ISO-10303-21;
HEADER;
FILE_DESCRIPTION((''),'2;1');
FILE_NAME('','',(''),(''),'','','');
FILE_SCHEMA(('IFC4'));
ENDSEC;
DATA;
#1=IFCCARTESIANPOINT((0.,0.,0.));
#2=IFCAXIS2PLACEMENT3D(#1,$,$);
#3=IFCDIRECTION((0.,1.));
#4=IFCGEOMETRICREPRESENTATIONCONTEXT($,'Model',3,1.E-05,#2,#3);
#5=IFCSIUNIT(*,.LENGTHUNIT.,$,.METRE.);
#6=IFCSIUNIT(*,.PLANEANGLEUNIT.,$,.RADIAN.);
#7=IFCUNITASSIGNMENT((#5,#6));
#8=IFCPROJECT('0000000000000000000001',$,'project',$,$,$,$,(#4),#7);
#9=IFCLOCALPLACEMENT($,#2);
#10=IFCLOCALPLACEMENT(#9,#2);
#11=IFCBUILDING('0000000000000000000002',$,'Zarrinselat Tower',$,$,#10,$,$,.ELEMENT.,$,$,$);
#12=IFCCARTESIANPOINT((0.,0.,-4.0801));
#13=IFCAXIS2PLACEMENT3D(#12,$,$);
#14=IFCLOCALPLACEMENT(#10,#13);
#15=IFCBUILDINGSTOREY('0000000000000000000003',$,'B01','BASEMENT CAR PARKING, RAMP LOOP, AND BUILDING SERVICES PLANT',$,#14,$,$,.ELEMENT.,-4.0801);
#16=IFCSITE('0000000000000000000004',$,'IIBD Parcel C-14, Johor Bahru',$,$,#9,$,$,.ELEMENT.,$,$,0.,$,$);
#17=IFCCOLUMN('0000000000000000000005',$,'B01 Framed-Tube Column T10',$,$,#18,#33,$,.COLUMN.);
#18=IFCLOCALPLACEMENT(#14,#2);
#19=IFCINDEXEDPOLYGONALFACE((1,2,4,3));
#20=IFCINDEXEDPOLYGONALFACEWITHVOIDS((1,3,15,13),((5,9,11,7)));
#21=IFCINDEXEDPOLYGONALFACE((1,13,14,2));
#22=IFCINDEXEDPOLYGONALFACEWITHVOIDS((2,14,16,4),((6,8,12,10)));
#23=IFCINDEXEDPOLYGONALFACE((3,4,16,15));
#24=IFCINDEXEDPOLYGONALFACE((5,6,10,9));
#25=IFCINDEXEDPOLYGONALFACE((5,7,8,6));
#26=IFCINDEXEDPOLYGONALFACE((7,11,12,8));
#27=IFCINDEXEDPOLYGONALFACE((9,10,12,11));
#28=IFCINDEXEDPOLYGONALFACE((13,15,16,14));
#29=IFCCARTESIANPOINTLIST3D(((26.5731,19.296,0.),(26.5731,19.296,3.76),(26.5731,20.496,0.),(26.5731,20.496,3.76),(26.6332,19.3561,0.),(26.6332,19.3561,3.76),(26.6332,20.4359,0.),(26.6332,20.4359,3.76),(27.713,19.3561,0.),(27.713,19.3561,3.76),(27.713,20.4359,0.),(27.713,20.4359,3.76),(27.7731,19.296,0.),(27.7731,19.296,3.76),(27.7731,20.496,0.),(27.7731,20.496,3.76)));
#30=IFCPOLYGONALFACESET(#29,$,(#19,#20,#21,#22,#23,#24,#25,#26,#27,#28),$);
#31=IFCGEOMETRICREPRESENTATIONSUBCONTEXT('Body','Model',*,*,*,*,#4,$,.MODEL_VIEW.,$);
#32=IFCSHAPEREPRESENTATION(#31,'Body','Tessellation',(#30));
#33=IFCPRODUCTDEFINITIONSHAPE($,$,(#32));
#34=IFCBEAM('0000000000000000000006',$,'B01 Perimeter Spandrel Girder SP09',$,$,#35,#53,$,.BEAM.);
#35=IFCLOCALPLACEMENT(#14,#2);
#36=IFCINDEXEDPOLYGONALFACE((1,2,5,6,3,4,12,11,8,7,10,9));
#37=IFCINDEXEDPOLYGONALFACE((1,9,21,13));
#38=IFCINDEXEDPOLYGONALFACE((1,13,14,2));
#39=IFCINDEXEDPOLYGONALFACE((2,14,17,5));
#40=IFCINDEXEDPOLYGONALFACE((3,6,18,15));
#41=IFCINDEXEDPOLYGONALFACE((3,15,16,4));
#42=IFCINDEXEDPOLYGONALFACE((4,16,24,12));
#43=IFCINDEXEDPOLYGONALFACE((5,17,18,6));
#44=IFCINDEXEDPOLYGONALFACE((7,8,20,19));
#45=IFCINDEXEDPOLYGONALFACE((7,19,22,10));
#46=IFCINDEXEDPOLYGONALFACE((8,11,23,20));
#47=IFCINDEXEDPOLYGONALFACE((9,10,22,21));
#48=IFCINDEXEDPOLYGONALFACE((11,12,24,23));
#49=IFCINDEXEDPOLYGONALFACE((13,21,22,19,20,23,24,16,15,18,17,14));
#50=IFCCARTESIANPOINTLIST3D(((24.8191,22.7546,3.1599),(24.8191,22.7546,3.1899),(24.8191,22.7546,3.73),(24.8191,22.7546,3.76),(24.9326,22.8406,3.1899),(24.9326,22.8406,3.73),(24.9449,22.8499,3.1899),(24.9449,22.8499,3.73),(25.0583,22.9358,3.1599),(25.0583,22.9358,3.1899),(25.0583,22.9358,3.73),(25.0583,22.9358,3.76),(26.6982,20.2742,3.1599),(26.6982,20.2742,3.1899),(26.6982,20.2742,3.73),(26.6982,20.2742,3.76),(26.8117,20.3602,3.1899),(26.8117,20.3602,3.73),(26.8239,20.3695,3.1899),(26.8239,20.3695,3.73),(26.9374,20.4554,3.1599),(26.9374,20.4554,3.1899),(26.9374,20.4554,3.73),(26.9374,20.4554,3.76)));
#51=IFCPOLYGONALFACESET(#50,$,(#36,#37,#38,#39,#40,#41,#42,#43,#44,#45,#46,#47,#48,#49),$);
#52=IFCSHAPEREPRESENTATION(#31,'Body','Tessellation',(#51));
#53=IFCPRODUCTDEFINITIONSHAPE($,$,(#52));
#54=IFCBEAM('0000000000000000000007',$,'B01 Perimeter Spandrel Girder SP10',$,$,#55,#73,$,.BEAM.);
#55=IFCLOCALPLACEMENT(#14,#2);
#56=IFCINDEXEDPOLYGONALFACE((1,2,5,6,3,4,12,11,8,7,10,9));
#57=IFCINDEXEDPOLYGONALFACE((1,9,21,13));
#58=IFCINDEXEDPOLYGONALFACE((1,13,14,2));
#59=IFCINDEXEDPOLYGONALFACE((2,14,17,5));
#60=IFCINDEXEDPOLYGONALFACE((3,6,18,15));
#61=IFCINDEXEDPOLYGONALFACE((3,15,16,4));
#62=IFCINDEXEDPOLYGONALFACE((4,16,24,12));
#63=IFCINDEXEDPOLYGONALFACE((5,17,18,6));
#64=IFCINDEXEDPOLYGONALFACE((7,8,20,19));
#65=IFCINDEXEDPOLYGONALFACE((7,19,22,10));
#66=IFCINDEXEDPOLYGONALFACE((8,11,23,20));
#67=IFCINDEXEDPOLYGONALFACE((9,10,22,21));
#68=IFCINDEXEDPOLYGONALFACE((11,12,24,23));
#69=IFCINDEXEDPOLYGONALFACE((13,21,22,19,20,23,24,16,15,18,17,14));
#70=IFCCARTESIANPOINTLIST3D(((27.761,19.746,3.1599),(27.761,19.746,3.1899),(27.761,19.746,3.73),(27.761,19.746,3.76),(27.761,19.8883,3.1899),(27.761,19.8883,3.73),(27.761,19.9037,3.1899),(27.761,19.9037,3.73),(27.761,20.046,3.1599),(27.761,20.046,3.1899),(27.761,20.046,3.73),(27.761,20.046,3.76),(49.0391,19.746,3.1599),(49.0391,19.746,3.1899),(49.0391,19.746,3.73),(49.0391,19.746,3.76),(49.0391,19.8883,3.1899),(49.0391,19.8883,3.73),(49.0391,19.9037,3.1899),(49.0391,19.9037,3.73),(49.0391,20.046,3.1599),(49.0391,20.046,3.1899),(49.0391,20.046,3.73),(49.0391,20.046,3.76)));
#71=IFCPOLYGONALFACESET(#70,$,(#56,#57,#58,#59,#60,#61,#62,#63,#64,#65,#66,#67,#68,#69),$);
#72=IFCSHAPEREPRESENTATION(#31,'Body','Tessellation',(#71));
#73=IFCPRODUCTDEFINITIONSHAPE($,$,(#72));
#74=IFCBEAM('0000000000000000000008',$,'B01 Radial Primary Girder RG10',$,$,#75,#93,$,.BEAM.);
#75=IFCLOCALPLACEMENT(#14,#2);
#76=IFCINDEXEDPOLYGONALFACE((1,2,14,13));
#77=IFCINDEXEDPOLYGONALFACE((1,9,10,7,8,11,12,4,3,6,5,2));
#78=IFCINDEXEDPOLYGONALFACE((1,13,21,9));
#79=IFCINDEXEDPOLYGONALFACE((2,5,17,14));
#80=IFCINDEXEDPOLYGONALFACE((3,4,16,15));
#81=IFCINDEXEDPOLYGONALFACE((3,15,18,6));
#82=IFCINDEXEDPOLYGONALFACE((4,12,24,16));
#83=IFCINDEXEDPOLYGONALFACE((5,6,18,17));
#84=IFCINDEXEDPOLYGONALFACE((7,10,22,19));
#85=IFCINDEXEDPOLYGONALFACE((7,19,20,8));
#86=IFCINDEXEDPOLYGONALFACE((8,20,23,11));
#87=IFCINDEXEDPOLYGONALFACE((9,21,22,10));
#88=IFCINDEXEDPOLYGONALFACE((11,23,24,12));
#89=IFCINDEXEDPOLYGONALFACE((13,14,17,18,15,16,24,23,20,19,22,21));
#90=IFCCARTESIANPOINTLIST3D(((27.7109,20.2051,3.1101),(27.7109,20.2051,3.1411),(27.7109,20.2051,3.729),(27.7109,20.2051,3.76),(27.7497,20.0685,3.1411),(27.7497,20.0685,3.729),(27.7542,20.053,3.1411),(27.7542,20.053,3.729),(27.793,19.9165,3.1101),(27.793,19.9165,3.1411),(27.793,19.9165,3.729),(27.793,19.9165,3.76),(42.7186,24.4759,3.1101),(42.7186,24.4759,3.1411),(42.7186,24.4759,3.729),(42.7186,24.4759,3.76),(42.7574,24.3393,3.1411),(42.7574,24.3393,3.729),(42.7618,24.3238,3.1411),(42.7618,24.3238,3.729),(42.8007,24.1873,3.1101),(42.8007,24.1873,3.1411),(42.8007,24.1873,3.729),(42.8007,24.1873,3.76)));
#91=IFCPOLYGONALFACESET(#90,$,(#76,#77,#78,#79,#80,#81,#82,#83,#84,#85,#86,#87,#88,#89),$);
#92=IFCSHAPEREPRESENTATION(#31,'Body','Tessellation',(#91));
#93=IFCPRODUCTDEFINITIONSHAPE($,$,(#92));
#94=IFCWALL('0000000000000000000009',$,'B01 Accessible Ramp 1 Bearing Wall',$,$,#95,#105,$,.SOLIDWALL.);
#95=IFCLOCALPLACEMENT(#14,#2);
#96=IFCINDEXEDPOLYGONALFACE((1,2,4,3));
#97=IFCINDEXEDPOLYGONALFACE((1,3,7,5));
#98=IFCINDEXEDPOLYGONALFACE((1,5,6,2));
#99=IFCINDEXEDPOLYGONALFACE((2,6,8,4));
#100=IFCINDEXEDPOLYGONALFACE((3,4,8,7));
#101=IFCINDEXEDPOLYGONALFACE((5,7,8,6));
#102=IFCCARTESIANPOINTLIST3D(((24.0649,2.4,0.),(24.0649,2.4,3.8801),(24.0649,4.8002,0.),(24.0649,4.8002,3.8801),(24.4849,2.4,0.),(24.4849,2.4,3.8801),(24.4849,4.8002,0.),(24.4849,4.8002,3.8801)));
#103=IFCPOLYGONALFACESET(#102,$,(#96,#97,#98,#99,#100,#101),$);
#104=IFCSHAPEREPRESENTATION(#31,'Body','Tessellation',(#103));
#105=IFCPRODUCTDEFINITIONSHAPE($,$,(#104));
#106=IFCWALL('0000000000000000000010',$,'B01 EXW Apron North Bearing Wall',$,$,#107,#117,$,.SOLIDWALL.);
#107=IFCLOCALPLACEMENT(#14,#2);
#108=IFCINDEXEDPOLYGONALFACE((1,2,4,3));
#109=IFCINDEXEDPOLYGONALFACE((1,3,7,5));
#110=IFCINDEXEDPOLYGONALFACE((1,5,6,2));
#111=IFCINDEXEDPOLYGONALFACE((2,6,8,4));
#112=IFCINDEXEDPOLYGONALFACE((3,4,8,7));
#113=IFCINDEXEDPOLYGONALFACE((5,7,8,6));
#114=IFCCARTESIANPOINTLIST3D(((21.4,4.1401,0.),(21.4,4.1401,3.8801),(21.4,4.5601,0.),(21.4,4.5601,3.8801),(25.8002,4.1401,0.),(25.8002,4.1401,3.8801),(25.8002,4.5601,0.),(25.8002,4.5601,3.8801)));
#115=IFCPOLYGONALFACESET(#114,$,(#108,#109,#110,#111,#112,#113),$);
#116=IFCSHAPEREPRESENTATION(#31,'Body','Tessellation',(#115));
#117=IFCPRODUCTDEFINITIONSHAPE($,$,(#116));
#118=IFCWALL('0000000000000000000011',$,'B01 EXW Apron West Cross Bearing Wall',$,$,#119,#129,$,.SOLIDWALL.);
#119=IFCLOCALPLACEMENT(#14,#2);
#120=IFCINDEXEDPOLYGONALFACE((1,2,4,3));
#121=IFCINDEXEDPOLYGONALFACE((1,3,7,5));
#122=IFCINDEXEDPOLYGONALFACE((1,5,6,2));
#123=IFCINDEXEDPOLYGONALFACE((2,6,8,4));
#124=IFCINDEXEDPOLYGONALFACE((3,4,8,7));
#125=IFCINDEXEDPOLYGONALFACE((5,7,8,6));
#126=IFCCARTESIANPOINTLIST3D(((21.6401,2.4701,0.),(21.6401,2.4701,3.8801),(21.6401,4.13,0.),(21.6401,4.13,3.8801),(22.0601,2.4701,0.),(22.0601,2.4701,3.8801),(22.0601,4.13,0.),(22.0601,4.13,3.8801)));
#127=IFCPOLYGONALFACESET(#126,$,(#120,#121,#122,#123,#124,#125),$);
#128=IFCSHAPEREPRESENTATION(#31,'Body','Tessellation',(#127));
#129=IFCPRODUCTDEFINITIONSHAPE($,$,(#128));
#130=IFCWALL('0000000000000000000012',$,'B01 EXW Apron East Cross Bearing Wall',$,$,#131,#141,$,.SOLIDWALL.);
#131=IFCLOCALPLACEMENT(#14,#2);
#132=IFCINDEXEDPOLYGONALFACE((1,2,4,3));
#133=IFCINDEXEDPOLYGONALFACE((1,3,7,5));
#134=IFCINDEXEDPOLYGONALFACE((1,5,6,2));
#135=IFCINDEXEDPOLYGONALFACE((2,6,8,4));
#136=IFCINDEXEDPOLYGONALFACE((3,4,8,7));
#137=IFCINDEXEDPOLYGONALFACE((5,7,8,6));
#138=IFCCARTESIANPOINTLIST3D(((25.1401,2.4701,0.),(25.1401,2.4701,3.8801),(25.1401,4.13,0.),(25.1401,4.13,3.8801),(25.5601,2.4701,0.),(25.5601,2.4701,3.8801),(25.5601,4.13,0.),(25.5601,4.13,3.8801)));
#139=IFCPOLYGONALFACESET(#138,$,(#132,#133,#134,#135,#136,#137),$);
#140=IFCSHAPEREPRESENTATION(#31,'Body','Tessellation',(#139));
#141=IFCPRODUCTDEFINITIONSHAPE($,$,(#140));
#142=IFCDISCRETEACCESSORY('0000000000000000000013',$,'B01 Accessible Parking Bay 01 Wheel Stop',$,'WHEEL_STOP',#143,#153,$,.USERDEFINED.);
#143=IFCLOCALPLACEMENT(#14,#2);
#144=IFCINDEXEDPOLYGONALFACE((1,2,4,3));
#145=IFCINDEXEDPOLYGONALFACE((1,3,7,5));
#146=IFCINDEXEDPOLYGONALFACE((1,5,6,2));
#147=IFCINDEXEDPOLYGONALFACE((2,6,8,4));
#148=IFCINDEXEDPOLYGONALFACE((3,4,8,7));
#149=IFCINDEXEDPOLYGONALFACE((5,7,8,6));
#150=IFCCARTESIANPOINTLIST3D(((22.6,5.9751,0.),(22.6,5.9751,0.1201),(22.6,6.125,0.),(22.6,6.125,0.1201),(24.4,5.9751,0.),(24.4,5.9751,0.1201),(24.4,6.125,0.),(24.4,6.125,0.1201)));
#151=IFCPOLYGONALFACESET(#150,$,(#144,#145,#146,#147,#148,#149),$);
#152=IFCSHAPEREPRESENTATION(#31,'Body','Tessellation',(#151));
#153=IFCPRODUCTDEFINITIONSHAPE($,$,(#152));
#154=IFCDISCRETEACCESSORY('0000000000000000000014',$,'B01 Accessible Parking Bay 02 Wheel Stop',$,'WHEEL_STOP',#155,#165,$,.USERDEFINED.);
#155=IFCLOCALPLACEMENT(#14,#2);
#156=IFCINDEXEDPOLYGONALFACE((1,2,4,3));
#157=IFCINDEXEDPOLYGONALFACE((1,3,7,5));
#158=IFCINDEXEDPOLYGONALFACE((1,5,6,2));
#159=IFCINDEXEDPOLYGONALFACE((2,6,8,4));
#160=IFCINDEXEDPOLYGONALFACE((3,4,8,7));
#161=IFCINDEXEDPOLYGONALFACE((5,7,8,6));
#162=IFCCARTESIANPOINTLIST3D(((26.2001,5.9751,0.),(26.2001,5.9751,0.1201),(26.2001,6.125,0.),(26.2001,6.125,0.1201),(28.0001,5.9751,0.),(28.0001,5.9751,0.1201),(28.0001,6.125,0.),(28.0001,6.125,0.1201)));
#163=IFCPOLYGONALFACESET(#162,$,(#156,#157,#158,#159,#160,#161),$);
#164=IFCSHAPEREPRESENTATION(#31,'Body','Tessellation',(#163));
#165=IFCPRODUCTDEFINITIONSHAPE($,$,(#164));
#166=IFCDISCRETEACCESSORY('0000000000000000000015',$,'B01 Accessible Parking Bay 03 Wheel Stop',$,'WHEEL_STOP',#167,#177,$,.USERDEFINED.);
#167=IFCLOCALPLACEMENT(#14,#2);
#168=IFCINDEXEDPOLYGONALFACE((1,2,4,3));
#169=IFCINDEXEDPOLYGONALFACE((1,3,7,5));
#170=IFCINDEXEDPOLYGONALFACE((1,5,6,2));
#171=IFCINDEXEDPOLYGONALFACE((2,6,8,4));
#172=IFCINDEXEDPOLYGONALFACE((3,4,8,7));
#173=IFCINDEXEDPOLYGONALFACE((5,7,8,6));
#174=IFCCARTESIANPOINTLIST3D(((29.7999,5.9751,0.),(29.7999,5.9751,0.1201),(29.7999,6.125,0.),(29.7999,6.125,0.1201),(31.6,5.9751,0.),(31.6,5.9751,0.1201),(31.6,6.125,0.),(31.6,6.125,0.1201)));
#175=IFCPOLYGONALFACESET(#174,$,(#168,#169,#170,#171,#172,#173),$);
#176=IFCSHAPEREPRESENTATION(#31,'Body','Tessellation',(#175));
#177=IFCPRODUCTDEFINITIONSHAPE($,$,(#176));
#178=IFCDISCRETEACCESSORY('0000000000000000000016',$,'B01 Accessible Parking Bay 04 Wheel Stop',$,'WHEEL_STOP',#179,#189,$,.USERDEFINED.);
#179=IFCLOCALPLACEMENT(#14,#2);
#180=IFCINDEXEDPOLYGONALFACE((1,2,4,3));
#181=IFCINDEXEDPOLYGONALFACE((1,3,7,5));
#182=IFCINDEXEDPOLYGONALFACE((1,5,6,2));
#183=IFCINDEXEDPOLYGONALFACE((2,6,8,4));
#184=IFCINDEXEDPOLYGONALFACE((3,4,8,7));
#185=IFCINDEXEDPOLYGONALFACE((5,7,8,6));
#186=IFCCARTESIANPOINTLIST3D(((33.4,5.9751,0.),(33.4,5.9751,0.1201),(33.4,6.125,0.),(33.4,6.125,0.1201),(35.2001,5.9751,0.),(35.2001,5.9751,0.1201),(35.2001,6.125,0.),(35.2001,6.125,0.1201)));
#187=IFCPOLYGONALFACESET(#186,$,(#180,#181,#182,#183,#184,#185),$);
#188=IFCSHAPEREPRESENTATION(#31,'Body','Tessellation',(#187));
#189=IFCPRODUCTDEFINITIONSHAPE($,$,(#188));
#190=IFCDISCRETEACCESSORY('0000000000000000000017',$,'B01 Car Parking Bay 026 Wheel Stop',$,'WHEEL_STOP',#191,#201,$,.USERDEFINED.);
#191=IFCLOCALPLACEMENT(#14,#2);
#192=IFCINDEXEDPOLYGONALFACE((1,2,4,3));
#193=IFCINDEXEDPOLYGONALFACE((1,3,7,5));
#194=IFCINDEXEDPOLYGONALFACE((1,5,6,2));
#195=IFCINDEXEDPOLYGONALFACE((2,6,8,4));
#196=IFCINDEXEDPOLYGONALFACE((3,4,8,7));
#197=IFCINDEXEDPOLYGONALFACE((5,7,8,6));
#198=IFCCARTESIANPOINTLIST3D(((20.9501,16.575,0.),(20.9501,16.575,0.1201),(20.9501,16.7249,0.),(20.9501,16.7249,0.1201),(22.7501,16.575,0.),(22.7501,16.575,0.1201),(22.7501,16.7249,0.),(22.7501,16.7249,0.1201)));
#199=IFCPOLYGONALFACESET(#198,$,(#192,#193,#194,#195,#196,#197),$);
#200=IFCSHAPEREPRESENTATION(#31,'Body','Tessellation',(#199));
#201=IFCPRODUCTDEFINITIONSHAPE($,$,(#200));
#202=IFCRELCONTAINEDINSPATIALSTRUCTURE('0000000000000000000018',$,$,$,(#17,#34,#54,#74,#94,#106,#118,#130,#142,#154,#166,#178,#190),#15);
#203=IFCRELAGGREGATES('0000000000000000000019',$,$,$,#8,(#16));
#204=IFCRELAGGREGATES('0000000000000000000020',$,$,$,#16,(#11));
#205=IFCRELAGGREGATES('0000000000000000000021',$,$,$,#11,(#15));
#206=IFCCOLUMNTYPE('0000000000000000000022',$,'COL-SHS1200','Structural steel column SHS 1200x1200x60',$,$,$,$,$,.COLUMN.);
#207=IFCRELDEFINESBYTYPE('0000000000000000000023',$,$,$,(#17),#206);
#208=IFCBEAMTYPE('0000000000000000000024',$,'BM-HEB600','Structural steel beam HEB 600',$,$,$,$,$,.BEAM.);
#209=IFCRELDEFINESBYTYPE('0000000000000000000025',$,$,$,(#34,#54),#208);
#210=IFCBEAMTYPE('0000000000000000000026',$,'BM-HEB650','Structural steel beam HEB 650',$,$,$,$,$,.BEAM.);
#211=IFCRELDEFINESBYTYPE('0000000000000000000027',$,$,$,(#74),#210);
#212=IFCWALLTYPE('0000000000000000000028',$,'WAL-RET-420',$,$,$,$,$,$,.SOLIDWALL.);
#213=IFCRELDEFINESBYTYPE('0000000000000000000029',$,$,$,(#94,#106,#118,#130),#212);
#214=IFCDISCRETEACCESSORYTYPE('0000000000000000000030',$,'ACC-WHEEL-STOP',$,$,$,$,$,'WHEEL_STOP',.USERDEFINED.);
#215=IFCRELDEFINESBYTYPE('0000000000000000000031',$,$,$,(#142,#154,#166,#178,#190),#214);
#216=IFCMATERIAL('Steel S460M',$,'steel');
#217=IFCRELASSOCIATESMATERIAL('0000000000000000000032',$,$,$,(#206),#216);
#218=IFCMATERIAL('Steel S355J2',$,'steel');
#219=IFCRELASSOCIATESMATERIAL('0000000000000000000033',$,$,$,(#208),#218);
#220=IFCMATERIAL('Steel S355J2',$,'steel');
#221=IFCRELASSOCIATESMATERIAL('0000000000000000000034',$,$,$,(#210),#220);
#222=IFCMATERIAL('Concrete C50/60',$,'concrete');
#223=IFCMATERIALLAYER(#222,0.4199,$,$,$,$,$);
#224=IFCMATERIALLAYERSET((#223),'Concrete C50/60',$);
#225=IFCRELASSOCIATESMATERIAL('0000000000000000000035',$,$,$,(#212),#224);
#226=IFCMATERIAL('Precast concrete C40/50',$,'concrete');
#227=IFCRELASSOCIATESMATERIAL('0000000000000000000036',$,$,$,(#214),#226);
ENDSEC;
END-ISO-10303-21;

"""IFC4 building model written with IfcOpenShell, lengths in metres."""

from ifc_helpers import new_model, si_unit, direction, frame, frame_2d, origin, origin_2d, place, context, subcontext, project, spatial, rectangle, hollow_rectangle, i_section, extrude, material, layer, layer_set, material_profile, profile_set, type_object, element, save


model = new_model("IFC4")

# Units and contexts
model_context = context("Model", 3, precision=1e-05, world=origin(), true_north=direction((0.0, 1.0)))
body_context = subcontext(model_context, "Body", "Model", "MODEL_VIEW")
ifc_project = project(units=[si_unit("LENGTHUNIT", "METRE"), si_unit("PLANEANGLEUNIT", "RADIAN")], contexts=[model_context])

# Site, building, storey
site_placement = place(None, origin())
site = spatial("IfcSite", under=ifc_project, at=site_placement, Name="IIBD Parcel C-14, Johor Bahru", CompositionType="ELEMENT", RefElevation=0.0)
building_placement = place(site_placement, origin())
building = spatial("IfcBuilding", under=site, at=building_placement, Name="Zarrinselat Tower", CompositionType="ELEMENT")
storey_placement = place(building_placement, frame((0.0, 0.0, -4.0801)))
storey = spatial("IfcBuildingStorey", under=building, at=storey_placement, Name="B01", Description="BASEMENT CAR PARKING, RAMP LOOP, AND BUILDING SERVICES PLANT", CompositionType="ELEMENT", Elevation=-4.0801)

# Column
ifc_material_1 = material(Name="Steel S460M", Category="steel")
ifc_material_profile_1 = material_profile(ifc_material_1, hollow_rectangle(XDim=1.2, YDim=1.2, WallThickness=0.0601, at=origin_2d()), Name="SHS 1200x1200x60")
ifc_profile_set_1 = profile_set([ifc_material_profile_1], Name="Steel S460M")
column_type_1 = type_object("IfcColumnType", Name="COL-SHS1200", Description="Structural steel column SHS 1200x1200x60", PredefinedType="COLUMN", material=ifc_profile_set_1)
column_1_placement = place(storey_placement, frame((27.1731, 19.896, 0.0), z_axis=(0.0, 0.0, 1.0), x_axis=(1.0, 0.0, 0.0)))
element("IfcColumn", 1, at=column_1_placement, inside=storey, type_object=column_type_1, Name="B01 Framed-Tube Column T10", PredefinedType="COLUMN", context=body_context, shape_type="SweptSolid", body=[
    extrude(hollow_rectangle(XDim=1.2, YDim=1.2, WallThickness=0.0601, at=origin_2d()), origin(), (0.0, 0.0, 1.0), 3.76),
])

# Beams
ifc_material_2 = material(Name="Steel S355J2", Category="steel")
ifc_material_profile_2 = material_profile(ifc_material_2, i_section(OverallWidth=0.3, OverallDepth=0.6001, WebThickness=0.0154, FlangeThickness=0.03, at=origin_2d()), Name="HEB 600")
ifc_profile_set_2 = profile_set([ifc_material_profile_2], Name="Steel S355J2")
beam_type_1 = type_object("IfcBeamType", Name="BM-HEB600", Description="Structural steel beam HEB 600", PredefinedType="BEAM", material=ifc_profile_set_2)
beam_1_placement = place(storey_placement, frame((24.9387, 22.8452, 3.46), z_axis=(0.603859, -0.797091, 0.0), x_axis=(0.797091, 0.603859, 0.0)))
element("IfcBeam", 2, at=beam_1_placement, inside=storey, type_object=beam_type_1, Name="B01 Perimeter Spandrel Girder SP09", PredefinedType="BEAM", context=body_context, shape_type="SweptSolid", body=[
    extrude(i_section(OverallWidth=0.3, OverallDepth=0.6001, WebThickness=0.0154, FlangeThickness=0.03, at=origin_2d()), origin(), (0.0, 0.0, 1.0), 3.1118),
])
beam_2_placement = place(storey_placement, frame((27.761, 19.896, 3.46), z_axis=(1.0, 0.0, 0.0), x_axis=(0.0, 1.0, 0.0)))
element("IfcBeam", 3, at=beam_2_placement, inside=storey, type_object=beam_type_1, Name="B01 Perimeter Spandrel Girder SP10", PredefinedType="BEAM", context=body_context, shape_type="SweptSolid", body=[
    extrude(i_section(OverallWidth=0.3, OverallDepth=0.6001, WebThickness=0.0154, FlangeThickness=0.03, at=origin_2d()), origin(), (0.0, 0.0, 1.0), 21.2781),
])
ifc_material_3 = material(Name="Steel S355J2", Category="steel")
ifc_material_profile_3 = material_profile(ifc_material_3, i_section(OverallWidth=0.3, OverallDepth=0.6499, WebThickness=0.0161, FlangeThickness=0.031, at=origin_2d()), Name="HEB 650")
ifc_profile_set_3 = profile_set([ifc_material_profile_3], Name="Steel S355J2")
beam_type_2 = type_object("IfcBeamType", Name="BM-HEB650", Description="Structural steel beam HEB 650", PredefinedType="BEAM", material=ifc_profile_set_3)
beam_3_placement = place(storey_placement, frame((27.752, 20.0608, 3.4351), z_axis=(0.961813, 0.273706, 0.0), x_axis=(-0.273706, 0.961813, 0.0)))
element("IfcBeam", 4, at=beam_3_placement, inside=storey, type_object=beam_type_2, Name="B01 Radial Primary Girder RG10", PredefinedType="BEAM", context=body_context, shape_type="SweptSolid", body=[
    extrude(i_section(OverallWidth=0.3, OverallDepth=0.6499, WebThickness=0.0161, FlangeThickness=0.031, at=origin_2d()), origin(), (0.0, 0.0, 1.0), 15.6035),
])

# Walls
ifc_material_4 = material(Name="Concrete C50/60", Category="concrete")
ifc_layer = layer(ifc_material_4, 0.4199)
ifc_layer_set = layer_set([ifc_layer], Name="Concrete C50/60")
wall_type = type_object("IfcWallType", Name="WAL-RET-420", PredefinedType="SOLIDWALL", material=ifc_layer_set)
wall_1_placement = place(storey_placement, frame((24.2749, 2.3999, 0.0), z_axis=(0.0, 0.0, 1.0), x_axis=(0.0, 1.0, 0.0)))
element("IfcWall", 5, at=wall_1_placement, inside=storey, type_object=wall_type, Name="B01 Accessible Ramp 1 Bearing Wall", PredefinedType="SOLIDWALL", context=body_context, shape_type="SweptSolid", body=[
    extrude(rectangle(XDim=2.4001, YDim=0.4199, at=frame_2d((1.2002, 0.0))), origin(), (0.0, 0.0, 1.0), 3.8801),
])
wall_2_placement = place(storey_placement, frame((21.3999, 4.3501, 0.0), z_axis=(0.0, 0.0, 1.0), x_axis=(1.0, 0.0, 0.0)))
element("IfcWall", 6, at=wall_2_placement, inside=storey, type_object=wall_type, Name="B01 EXW Apron North Bearing Wall", PredefinedType="SOLIDWALL", context=body_context, shape_type="SweptSolid", body=[
    extrude(rectangle(XDim=4.4001, YDim=0.4199, at=frame_2d((2.2002, 0.0))), origin(), (0.0, 0.0, 1.0), 3.8801),
])
for number, where, z_axis, x_axis, name in (
    (7, (21.8501, 2.47, 0.0), (0.0, 0.0, 1.0), (0.0, 1.0, 0.0), "B01 EXW Apron West Cross Bearing Wall"),
    (8, (25.3501, 2.47, 0.0), (0.0, 0.0, 1.0), (0.0, 1.0, 0.0), "B01 EXW Apron East Cross Bearing Wall"),
):
    element("IfcWall", number, at=place(storey_placement, frame(where, z_axis=z_axis, x_axis=x_axis)), inside=storey, type_object=wall_type, Name=name, PredefinedType="SOLIDWALL", context=body_context, shape_type="SweptSolid", body=[
        extrude(rectangle(XDim=1.6599, YDim=0.4199, at=frame_2d((0.8301, 0.0))), origin(), (0.0, 0.0, 1.0), 3.8801),
    ])

# Discrete accessories
ifc_material_5 = material(Name="Precast concrete C40/50", Category="concrete")
discrete_accessory_type = type_object("IfcDiscreteAccessoryType", Name="ACC-WHEEL-STOP", ElementType="WHEEL_STOP", PredefinedType="USERDEFINED", material=ifc_material_5)
for number, where, z_axis, x_axis, name in (
    (9, (23.5, 6.05, 0.0), (0.0, 0.0, 1.0), (1.0, 0.0, 0.0), "B01 Accessible Parking Bay 01 Wheel Stop"),
    (10, (27.1001, 6.05, 0.0), (0.0, 0.0, 1.0), (1.0, 0.0, 0.0), "B01 Accessible Parking Bay 02 Wheel Stop"),
    (11, (30.7, 6.05, 0.0), (0.0, 0.0, 1.0), (1.0, 0.0, 0.0), "B01 Accessible Parking Bay 03 Wheel Stop"),
    (12, (34.3, 6.05, 0.0), (0.0, 0.0, 1.0), (1.0, 0.0, 0.0), "B01 Accessible Parking Bay 04 Wheel Stop"),
    (13, (21.8501, 16.6499, 0.0), (0.0, 0.0, 1.0), (1.0, 0.0, 0.0), "B01 Car Parking Bay 026 Wheel Stop"),
):
    element("IfcDiscreteAccessory", number, at=place(storey_placement, frame(where, z_axis=z_axis, x_axis=x_axis)), inside=storey, type_object=discrete_accessory_type, Name=name, ObjectType="WHEEL_STOP", PredefinedType="USERDEFINED", context=body_context, shape_type="SweptSolid", body=[
        extrude(rectangle(XDim=1.8, YDim=0.1499, at=origin_2d()), origin(), (0.0, 0.0, 1.0), 0.1201),
    ])

save(model, "model.ifc")
